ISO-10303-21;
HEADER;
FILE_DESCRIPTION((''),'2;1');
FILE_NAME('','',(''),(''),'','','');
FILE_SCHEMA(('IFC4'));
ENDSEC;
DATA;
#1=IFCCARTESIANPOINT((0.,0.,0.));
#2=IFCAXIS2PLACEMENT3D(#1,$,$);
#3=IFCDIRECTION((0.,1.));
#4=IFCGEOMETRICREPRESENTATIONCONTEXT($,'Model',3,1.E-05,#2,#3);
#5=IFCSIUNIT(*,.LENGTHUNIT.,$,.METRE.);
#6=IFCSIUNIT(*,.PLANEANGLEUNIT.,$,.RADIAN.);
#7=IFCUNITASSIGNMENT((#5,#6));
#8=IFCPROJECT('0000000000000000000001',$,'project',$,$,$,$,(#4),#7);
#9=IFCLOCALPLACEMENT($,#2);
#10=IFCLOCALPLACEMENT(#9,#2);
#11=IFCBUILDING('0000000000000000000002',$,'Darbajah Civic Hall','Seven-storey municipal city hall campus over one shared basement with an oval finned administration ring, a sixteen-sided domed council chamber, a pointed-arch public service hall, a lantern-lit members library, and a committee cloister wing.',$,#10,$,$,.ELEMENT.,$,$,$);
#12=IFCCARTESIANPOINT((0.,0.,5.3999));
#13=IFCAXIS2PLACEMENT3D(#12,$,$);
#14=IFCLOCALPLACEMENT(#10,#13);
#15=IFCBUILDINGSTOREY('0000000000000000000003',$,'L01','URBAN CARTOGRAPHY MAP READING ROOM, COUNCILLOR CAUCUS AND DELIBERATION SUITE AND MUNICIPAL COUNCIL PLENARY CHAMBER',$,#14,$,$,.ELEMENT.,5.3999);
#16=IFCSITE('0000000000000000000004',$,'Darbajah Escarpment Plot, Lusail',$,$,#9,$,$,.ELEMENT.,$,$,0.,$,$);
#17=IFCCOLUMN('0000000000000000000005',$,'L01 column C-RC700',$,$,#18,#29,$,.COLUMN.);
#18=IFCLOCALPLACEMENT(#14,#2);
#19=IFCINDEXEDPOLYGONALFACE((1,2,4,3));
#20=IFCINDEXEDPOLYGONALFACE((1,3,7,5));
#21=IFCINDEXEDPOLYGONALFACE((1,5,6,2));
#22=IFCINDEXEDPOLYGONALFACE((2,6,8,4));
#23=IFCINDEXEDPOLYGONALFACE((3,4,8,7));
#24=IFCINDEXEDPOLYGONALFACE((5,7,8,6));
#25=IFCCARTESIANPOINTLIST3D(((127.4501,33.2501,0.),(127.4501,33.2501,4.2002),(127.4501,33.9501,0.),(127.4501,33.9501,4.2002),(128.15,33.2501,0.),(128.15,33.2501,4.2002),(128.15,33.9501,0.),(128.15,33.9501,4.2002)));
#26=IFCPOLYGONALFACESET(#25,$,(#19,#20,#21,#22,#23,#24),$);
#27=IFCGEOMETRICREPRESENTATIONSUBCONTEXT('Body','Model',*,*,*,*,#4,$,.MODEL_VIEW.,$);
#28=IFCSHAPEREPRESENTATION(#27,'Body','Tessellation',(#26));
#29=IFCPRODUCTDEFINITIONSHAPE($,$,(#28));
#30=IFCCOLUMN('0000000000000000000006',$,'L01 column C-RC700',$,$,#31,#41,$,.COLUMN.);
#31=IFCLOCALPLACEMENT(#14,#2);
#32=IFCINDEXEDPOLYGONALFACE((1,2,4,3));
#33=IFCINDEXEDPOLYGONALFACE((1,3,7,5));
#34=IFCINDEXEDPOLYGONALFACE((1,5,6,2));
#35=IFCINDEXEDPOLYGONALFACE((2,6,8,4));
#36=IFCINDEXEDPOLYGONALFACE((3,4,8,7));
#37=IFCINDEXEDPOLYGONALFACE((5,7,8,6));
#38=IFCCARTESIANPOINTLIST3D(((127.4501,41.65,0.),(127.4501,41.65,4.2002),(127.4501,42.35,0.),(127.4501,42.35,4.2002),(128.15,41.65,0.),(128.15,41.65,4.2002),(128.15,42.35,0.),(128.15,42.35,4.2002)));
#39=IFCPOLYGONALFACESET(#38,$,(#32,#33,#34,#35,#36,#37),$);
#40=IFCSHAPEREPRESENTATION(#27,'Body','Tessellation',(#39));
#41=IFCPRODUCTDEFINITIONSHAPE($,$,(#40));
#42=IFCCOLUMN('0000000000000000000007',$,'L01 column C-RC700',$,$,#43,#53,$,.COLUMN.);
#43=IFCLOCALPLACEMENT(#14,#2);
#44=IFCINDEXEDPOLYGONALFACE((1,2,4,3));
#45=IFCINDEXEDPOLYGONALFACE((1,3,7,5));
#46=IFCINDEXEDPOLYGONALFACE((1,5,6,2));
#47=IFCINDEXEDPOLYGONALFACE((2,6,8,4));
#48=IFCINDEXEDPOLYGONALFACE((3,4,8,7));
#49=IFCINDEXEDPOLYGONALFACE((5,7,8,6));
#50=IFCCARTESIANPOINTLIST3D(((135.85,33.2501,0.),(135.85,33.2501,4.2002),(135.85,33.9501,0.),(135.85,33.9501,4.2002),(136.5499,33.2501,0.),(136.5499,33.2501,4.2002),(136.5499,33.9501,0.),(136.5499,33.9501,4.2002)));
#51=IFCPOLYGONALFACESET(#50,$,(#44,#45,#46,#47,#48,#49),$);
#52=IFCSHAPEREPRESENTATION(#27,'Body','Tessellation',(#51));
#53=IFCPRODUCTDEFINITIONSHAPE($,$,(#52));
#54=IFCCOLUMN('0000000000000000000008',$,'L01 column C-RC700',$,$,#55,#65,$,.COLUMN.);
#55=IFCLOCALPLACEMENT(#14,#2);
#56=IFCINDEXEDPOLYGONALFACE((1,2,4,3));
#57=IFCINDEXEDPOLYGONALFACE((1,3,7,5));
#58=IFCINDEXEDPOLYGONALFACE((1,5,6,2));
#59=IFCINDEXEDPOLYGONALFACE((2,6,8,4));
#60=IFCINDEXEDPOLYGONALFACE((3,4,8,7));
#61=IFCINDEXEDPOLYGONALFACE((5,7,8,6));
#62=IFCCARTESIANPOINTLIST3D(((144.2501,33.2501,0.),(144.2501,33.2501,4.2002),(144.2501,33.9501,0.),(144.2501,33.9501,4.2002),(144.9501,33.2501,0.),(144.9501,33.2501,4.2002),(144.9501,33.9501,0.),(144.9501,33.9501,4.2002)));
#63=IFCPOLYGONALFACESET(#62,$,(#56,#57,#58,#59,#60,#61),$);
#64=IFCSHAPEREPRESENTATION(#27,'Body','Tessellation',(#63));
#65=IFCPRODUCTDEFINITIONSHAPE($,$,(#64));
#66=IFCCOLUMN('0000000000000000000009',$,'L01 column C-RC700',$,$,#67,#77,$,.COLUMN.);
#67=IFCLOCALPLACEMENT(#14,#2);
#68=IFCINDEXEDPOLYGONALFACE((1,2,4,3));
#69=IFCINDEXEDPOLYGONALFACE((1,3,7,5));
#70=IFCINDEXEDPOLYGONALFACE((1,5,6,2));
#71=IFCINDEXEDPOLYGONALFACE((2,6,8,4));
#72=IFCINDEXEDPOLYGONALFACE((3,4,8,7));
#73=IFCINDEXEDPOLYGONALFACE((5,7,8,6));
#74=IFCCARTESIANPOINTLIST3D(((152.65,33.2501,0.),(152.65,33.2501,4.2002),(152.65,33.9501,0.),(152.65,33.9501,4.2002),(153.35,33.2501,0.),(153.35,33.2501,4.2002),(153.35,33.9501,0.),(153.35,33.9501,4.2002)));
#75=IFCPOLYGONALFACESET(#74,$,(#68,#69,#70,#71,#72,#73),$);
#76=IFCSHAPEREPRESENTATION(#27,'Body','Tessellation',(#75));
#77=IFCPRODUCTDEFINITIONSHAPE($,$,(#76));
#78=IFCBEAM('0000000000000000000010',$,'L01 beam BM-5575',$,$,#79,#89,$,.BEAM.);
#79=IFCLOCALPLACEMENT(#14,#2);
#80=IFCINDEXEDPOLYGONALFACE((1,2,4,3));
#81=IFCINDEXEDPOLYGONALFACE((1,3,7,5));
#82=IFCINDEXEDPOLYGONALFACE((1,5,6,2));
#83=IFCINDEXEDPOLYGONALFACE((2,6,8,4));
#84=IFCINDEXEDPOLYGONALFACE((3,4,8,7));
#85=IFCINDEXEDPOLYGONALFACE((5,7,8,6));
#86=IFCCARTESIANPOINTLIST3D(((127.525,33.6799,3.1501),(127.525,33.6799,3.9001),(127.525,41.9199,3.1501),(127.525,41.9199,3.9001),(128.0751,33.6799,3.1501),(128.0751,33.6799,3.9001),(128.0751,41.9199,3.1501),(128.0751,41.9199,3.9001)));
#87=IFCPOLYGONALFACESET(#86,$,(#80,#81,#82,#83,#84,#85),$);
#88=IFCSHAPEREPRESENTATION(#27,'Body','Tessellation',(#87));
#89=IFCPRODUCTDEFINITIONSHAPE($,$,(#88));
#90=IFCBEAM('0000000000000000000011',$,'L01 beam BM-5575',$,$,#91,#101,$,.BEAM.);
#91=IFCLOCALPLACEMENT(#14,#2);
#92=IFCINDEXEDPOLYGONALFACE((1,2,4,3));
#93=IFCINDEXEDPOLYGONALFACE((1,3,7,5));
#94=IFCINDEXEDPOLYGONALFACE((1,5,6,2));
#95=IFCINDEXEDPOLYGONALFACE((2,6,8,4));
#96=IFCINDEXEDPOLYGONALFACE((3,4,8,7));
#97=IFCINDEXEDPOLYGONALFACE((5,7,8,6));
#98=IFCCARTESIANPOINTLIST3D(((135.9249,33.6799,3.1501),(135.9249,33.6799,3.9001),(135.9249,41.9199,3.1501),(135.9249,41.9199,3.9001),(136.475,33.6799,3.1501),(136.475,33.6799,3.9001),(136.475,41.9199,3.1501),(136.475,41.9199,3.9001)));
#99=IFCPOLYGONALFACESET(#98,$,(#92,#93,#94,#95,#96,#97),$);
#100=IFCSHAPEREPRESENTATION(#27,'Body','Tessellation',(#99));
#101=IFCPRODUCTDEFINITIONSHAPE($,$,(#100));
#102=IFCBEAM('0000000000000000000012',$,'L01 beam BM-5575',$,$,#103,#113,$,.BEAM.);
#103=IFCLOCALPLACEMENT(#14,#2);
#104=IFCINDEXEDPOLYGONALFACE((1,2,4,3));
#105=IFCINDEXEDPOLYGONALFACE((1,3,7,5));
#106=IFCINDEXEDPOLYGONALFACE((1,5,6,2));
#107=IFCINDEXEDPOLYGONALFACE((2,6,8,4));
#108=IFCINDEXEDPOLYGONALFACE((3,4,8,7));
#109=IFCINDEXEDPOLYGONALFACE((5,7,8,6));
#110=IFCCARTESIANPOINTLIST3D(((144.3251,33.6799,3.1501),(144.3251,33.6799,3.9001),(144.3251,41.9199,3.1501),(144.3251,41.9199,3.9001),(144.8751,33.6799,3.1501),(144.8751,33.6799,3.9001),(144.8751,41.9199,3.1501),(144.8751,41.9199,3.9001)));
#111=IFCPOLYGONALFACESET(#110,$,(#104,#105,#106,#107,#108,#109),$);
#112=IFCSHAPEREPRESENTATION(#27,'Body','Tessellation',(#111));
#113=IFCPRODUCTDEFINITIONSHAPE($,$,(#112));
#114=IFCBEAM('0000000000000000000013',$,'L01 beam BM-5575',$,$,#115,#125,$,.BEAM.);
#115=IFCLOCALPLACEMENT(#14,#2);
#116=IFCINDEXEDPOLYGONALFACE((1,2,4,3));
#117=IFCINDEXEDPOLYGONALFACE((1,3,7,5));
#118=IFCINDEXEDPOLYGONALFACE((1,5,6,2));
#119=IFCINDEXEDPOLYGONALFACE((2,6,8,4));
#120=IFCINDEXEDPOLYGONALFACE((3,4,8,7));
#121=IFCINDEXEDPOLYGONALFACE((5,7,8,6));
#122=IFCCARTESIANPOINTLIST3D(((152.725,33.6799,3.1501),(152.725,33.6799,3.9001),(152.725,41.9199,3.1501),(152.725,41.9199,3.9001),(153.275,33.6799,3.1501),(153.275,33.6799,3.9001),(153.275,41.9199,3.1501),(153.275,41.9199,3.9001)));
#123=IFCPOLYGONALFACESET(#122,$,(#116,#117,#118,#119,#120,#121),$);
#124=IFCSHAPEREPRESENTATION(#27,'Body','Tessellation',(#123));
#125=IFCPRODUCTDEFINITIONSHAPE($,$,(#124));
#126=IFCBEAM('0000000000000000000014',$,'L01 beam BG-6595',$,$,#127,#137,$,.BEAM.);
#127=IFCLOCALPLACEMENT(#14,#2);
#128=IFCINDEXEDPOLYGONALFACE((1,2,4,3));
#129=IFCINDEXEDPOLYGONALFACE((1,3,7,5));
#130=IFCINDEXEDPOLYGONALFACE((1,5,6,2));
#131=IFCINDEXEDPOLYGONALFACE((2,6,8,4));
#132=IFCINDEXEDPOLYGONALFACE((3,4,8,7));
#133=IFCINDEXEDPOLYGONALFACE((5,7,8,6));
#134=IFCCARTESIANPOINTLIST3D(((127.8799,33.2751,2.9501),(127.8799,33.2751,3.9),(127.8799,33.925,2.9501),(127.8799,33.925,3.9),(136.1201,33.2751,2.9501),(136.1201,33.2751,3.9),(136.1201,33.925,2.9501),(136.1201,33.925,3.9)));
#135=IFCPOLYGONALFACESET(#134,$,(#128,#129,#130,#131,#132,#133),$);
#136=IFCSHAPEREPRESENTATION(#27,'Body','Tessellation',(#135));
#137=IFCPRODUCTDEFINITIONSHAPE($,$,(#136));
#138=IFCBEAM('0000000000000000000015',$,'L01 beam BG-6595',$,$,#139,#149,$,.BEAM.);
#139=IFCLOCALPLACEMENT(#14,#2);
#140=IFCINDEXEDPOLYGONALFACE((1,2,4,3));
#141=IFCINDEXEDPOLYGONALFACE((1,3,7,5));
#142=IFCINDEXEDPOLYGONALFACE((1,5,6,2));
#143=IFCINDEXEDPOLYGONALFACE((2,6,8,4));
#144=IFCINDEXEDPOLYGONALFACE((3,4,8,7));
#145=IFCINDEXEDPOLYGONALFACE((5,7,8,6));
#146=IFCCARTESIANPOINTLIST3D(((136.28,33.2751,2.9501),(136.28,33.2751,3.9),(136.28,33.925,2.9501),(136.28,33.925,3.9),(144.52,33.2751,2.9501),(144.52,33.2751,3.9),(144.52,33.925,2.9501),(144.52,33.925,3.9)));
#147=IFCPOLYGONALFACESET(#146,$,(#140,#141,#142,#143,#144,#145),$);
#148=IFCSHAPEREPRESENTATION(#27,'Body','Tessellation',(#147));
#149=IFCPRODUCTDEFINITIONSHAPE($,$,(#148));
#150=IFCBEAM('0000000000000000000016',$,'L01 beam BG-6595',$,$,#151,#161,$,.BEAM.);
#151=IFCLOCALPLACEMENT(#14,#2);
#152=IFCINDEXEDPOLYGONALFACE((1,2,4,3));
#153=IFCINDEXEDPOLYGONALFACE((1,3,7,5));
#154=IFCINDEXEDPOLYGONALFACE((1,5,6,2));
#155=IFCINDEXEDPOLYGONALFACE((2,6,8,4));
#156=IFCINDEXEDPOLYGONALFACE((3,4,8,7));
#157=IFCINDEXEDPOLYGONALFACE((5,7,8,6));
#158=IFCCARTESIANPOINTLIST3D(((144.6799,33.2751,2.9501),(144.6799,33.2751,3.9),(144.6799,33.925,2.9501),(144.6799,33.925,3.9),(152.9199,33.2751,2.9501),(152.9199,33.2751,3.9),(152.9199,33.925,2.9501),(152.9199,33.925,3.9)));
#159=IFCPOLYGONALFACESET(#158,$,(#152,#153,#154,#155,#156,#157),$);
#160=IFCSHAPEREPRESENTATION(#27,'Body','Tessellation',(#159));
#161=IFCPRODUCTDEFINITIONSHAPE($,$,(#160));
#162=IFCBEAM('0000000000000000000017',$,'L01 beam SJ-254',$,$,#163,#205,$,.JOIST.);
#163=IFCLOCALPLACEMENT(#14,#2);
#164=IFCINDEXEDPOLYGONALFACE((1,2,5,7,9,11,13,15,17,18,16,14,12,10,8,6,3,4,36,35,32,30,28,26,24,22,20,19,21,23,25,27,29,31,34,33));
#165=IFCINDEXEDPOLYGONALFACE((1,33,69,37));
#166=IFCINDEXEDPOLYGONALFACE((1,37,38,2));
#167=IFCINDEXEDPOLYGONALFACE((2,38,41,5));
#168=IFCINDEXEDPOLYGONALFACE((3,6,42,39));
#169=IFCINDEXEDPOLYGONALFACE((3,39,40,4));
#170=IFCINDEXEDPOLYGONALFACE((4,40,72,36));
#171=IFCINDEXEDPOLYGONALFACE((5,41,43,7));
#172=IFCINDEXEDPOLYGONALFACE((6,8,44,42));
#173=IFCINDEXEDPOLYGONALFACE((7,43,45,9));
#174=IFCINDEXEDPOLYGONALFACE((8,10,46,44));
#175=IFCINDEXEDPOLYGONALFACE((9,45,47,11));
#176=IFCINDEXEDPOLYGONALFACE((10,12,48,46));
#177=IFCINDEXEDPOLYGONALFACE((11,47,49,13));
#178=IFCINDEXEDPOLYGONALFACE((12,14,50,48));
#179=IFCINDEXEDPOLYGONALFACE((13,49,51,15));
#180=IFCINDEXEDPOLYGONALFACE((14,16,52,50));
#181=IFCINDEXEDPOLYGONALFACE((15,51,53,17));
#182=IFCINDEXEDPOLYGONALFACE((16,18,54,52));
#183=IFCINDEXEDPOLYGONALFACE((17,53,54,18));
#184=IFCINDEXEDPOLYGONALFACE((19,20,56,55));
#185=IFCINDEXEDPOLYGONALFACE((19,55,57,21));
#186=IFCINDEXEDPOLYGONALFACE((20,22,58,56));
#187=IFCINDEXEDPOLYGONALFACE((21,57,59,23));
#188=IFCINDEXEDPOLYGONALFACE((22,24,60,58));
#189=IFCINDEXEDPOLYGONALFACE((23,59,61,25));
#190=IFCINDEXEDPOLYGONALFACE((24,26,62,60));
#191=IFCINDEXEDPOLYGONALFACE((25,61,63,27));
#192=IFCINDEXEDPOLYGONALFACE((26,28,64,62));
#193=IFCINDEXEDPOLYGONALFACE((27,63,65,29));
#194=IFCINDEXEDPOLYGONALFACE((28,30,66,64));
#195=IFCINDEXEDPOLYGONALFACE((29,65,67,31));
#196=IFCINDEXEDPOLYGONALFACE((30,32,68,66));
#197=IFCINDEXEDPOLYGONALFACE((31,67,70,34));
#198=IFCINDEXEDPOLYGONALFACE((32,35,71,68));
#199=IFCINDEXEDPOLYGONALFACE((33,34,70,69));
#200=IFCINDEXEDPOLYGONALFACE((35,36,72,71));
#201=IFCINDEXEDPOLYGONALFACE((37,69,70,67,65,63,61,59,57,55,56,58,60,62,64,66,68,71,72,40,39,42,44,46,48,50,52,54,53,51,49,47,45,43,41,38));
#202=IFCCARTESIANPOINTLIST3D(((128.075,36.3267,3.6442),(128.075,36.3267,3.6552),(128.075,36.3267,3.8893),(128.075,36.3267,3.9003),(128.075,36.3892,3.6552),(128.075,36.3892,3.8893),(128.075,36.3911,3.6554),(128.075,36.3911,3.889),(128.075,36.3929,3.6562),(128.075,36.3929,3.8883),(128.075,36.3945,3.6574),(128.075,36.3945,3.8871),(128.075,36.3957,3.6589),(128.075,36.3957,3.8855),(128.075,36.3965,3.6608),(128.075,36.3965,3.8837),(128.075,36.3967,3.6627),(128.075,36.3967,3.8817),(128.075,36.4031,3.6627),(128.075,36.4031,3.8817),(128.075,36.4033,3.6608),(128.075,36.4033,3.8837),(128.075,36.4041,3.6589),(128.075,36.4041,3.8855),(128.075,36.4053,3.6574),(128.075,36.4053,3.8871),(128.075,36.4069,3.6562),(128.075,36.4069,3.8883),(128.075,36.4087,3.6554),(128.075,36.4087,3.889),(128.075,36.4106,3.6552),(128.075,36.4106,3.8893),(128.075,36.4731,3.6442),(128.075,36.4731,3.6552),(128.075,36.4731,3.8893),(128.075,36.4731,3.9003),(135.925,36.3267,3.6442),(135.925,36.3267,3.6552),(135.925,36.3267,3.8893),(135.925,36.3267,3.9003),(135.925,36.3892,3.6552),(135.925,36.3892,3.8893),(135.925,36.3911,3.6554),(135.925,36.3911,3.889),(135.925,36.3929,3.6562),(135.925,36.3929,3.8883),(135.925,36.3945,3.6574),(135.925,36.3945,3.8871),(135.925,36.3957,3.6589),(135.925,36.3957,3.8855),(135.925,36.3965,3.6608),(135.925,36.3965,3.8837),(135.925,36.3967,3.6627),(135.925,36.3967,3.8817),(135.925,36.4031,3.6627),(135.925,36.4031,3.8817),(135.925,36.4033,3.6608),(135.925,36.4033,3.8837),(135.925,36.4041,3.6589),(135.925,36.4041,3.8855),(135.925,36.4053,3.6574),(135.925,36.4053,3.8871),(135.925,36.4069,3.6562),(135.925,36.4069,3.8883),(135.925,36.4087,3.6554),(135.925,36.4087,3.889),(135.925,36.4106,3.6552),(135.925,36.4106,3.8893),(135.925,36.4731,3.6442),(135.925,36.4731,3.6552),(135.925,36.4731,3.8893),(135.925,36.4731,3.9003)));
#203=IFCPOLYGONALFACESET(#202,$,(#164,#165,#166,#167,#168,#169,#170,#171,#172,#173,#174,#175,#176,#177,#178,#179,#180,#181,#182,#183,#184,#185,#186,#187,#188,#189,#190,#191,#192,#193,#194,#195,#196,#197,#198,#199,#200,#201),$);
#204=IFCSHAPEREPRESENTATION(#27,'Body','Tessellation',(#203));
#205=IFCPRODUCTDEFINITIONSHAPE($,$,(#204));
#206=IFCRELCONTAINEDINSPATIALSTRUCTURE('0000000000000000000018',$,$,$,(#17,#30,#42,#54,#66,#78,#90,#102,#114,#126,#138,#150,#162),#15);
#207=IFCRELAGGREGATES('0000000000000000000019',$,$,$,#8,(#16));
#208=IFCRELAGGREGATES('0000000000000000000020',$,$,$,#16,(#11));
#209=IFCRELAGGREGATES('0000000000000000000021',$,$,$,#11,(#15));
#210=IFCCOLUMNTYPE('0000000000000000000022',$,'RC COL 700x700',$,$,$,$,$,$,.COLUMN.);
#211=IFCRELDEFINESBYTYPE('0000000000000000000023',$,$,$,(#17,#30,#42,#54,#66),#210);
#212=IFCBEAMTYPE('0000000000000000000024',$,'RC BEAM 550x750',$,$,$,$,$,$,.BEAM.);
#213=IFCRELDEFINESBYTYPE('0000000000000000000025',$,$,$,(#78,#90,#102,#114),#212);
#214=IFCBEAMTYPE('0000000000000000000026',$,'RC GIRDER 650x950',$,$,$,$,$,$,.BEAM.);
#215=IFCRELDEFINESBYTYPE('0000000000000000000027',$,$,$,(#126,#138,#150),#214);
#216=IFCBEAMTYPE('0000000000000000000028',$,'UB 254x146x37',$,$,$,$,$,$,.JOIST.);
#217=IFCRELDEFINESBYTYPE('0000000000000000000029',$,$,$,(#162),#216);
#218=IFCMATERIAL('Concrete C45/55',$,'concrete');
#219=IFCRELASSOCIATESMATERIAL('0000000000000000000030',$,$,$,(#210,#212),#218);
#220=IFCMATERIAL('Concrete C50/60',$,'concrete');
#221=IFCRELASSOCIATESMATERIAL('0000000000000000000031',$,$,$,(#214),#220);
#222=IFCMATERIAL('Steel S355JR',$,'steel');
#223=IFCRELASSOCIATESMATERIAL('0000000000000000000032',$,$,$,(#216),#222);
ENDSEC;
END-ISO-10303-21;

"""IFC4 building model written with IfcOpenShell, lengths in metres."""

from ifc_helpers import new_model, si_unit, direction, frame, origin, origin_2d, place, context, subcontext, project, spatial, rectangle, i_section, extrude, material, material_profile, profile_set, type_object, element, save


model = new_model("IFC4")

# Units and contexts
model_context = context("Model", 3, precision=1e-05, world=origin(), true_north=direction((0.0, 1.0)))
body_context = subcontext(model_context, "Body", "Model", "MODEL_VIEW")
ifc_project = project(units=[si_unit("LENGTHUNIT", "METRE"), si_unit("PLANEANGLEUNIT", "RADIAN")], contexts=[model_context])

# Site, building, storey
site_placement = place(None, origin())
site = spatial("IfcSite", under=ifc_project, at=site_placement, Name="Darbajah Escarpment Plot, Lusail", CompositionType="ELEMENT", RefElevation=0.0)
building_placement = place(site_placement, origin())
building = spatial("IfcBuilding", under=site, at=building_placement, Name="Darbajah Civic Hall", Description="Seven-storey municipal city hall campus over one shared basement with an oval finned administration ring, a sixteen-sided domed council chamber, a pointed-arch public service hall, a lantern-lit members library, and a committee cloister wing.", CompositionType="ELEMENT")
storey_placement = place(building_placement, frame((0.0, 0.0, 5.3999)))
storey = spatial("IfcBuildingStorey", under=building, at=storey_placement, Name="L01", Description="URBAN CARTOGRAPHY MAP READING ROOM, COUNCILLOR CAUCUS AND DELIBERATION SUITE AND MUNICIPAL COUNCIL PLENARY CHAMBER", CompositionType="ELEMENT", Elevation=5.3999)

# Columns
ifc_material_1 = material(Name="Concrete C45/55", Category="concrete")
ifc_material_profile_1 = material_profile(ifc_material_1, rectangle(XDim=0.7, YDim=0.7, at=origin_2d()), Name="RC COL 700x700")
ifc_profile_set_1 = profile_set([ifc_material_profile_1], Name="Concrete C45/55")
column_type = type_object("IfcColumnType", Name="RC COL 700x700", PredefinedType="COLUMN", material=ifc_profile_set_1)
for number, where, z_axis, x_axis, name in (
    (1, (127.8, 33.6001, 0.0), (0.0, 0.0, 1.0), (1.0, 0.0, 0.0), "L01 column C-RC700"),
    (2, (127.8, 42.0, 0.0), (0.0, 0.0, 1.0), (1.0, 0.0, 0.0), "L01 column C-RC700"),
    (3, (136.2, 33.6001, 0.0), (0.0, 0.0, 1.0), (1.0, 0.0, 0.0), "L01 column C-RC700"),
    (4, (144.6001, 33.6001, 0.0), (0.0, 0.0, 1.0), (1.0, 0.0, 0.0), "L01 column C-RC700"),
    (5, (153.0, 33.6001, 0.0), (0.0, 0.0, 1.0), (1.0, 0.0, 0.0), "L01 column C-RC700"),
):
    element("IfcColumn", number, at=place(storey_placement, frame(where, z_axis=z_axis, x_axis=x_axis)), inside=storey, type_object=column_type, Name=name, PredefinedType="COLUMN", context=body_context, shape_type="SweptSolid", body=[
        extrude(rectangle(XDim=0.7, YDim=0.7, at=origin_2d()), origin(), (0.0, 0.0, 1.0), 4.2002),
    ])

# Beams
ifc_material_profile_2 = material_profile(ifc_material_1, rectangle(XDim=0.55, YDim=0.75, at=origin_2d()), Name="RC BEAM 550x750")
ifc_profile_set_2 = profile_set([ifc_material_profile_2], Name="Concrete C45/55")
beam_type_1 = type_object("IfcBeamType", Name="RC BEAM 550x750", PredefinedType="BEAM", material=ifc_profile_set_2)
for number, where, z_axis, x_axis, name in (
    (6, (127.8, 33.6799, 3.5251), (0.0, 1.0, 0.0), (-1.0, 0.0, 0.0), "L01 beam BM-5575"),
    (7, (136.2, 33.6799, 3.5251), (0.0, 1.0, 0.0), (-1.0, 0.0, 0.0), "L01 beam BM-5575"),
    (8, (144.6001, 33.6799, 3.5251), (0.0, 1.0, 0.0), (-1.0, 0.0, 0.0), "L01 beam BM-5575"),
    (9, (153.0, 33.6799, 3.5251), (0.0, 1.0, 0.0), (-1.0, 0.0, 0.0), "L01 beam BM-5575"),
):
    element("IfcBeam", number, at=place(storey_placement, frame(where, z_axis=z_axis, x_axis=x_axis)), inside=storey, type_object=beam_type_1, Name=name, PredefinedType="BEAM", context=body_context, shape_type="SweptSolid", body=[
        extrude(rectangle(XDim=0.55, YDim=0.75, at=origin_2d()), origin(), (0.0, 0.0, 1.0), 8.24),
    ])
ifc_material_2 = material(Name="Concrete C50/60", Category="concrete")
ifc_material_profile_3 = material_profile(ifc_material_2, rectangle(XDim=0.6499, YDim=0.95, at=origin_2d()), Name="RC GIRDER 650x950")
ifc_profile_set_3 = profile_set([ifc_material_profile_3], Name="Concrete C50/60")
beam_type_2 = type_object("IfcBeamType", Name="RC GIRDER 650x950", PredefinedType="BEAM", material=ifc_profile_set_3)
beam_placement = place(storey_placement, frame((127.8799, 33.6001, 3.425), z_axis=(1.0, 0.0, 0.0), x_axis=(0.0, 1.0, 0.0)))
element("IfcBeam", 10, at=beam_placement, inside=storey, type_object=beam_type_2, Name="L01 beam BG-6595", PredefinedType="BEAM", context=body_context, shape_type="SweptSolid", body=[
    extrude(rectangle(XDim=0.6499, YDim=0.95, at=origin_2d()), origin(), (0.0, 0.0, 1.0), 8.2402),
])
for number, where, z_axis, x_axis, name in (
    (11, (136.28, 33.6001, 3.425), (1.0, 0.0, 0.0), (0.0, 1.0, 0.0), "L01 beam BG-6595"),
    (12, (144.6799, 33.6001, 3.425), (1.0, 0.0, 0.0), (0.0, 1.0, 0.0), "L01 beam BG-6595"),
):
    element("IfcBeam", number, at=place(storey_placement, frame(where, z_axis=z_axis, x_axis=x_axis)), inside=storey, type_object=beam_type_2, Name=name, PredefinedType="BEAM", context=body_context, shape_type="SweptSolid", body=[
        extrude(rectangle(XDim=0.6499, YDim=0.95, at=origin_2d()), origin(), (0.0, 0.0, 1.0), 8.24),
    ])
ifc_material_3 = material(Name="Steel S355JR", Category="steel")
ifc_material_profile_4 = material_profile(ifc_material_3, i_section(OverallWidth=0.1465, OverallDepth=0.2561, WebThickness=0.0063, FlangeThickness=0.011, FilletRadius=0.0076, at=origin_2d()), Name="UB 254x146x37")
ifc_profile_set_4 = profile_set([ifc_material_profile_4], Name="Steel S355JR")
beam_type_3 = type_object("IfcBeamType", Name="UB 254x146x37", PredefinedType="JOIST", material=ifc_profile_set_4)
for number, where, z_axis, x_axis, name in (
    (13, (128.075, 36.3999, 3.7722), (1.0, 0.0, 0.0), (0.0, 1.0, 0.0), "L01 beam SJ-254"),
):
    element("IfcBeam", number, at=place(storey_placement, frame(where, z_axis=z_axis, x_axis=x_axis)), inside=storey, type_object=beam_type_3, Name=name, PredefinedType="JOIST", context=body_context, shape_type="SweptSolid", body=[
        extrude(i_section(OverallWidth=0.1465, OverallDepth=0.2561, WebThickness=0.0063, FlangeThickness=0.011, FilletRadius=0.0076, at=origin_2d()), origin(), (0.0, 0.0, 1.0), 7.8501),
    ])

save(model, "model.ifc")
